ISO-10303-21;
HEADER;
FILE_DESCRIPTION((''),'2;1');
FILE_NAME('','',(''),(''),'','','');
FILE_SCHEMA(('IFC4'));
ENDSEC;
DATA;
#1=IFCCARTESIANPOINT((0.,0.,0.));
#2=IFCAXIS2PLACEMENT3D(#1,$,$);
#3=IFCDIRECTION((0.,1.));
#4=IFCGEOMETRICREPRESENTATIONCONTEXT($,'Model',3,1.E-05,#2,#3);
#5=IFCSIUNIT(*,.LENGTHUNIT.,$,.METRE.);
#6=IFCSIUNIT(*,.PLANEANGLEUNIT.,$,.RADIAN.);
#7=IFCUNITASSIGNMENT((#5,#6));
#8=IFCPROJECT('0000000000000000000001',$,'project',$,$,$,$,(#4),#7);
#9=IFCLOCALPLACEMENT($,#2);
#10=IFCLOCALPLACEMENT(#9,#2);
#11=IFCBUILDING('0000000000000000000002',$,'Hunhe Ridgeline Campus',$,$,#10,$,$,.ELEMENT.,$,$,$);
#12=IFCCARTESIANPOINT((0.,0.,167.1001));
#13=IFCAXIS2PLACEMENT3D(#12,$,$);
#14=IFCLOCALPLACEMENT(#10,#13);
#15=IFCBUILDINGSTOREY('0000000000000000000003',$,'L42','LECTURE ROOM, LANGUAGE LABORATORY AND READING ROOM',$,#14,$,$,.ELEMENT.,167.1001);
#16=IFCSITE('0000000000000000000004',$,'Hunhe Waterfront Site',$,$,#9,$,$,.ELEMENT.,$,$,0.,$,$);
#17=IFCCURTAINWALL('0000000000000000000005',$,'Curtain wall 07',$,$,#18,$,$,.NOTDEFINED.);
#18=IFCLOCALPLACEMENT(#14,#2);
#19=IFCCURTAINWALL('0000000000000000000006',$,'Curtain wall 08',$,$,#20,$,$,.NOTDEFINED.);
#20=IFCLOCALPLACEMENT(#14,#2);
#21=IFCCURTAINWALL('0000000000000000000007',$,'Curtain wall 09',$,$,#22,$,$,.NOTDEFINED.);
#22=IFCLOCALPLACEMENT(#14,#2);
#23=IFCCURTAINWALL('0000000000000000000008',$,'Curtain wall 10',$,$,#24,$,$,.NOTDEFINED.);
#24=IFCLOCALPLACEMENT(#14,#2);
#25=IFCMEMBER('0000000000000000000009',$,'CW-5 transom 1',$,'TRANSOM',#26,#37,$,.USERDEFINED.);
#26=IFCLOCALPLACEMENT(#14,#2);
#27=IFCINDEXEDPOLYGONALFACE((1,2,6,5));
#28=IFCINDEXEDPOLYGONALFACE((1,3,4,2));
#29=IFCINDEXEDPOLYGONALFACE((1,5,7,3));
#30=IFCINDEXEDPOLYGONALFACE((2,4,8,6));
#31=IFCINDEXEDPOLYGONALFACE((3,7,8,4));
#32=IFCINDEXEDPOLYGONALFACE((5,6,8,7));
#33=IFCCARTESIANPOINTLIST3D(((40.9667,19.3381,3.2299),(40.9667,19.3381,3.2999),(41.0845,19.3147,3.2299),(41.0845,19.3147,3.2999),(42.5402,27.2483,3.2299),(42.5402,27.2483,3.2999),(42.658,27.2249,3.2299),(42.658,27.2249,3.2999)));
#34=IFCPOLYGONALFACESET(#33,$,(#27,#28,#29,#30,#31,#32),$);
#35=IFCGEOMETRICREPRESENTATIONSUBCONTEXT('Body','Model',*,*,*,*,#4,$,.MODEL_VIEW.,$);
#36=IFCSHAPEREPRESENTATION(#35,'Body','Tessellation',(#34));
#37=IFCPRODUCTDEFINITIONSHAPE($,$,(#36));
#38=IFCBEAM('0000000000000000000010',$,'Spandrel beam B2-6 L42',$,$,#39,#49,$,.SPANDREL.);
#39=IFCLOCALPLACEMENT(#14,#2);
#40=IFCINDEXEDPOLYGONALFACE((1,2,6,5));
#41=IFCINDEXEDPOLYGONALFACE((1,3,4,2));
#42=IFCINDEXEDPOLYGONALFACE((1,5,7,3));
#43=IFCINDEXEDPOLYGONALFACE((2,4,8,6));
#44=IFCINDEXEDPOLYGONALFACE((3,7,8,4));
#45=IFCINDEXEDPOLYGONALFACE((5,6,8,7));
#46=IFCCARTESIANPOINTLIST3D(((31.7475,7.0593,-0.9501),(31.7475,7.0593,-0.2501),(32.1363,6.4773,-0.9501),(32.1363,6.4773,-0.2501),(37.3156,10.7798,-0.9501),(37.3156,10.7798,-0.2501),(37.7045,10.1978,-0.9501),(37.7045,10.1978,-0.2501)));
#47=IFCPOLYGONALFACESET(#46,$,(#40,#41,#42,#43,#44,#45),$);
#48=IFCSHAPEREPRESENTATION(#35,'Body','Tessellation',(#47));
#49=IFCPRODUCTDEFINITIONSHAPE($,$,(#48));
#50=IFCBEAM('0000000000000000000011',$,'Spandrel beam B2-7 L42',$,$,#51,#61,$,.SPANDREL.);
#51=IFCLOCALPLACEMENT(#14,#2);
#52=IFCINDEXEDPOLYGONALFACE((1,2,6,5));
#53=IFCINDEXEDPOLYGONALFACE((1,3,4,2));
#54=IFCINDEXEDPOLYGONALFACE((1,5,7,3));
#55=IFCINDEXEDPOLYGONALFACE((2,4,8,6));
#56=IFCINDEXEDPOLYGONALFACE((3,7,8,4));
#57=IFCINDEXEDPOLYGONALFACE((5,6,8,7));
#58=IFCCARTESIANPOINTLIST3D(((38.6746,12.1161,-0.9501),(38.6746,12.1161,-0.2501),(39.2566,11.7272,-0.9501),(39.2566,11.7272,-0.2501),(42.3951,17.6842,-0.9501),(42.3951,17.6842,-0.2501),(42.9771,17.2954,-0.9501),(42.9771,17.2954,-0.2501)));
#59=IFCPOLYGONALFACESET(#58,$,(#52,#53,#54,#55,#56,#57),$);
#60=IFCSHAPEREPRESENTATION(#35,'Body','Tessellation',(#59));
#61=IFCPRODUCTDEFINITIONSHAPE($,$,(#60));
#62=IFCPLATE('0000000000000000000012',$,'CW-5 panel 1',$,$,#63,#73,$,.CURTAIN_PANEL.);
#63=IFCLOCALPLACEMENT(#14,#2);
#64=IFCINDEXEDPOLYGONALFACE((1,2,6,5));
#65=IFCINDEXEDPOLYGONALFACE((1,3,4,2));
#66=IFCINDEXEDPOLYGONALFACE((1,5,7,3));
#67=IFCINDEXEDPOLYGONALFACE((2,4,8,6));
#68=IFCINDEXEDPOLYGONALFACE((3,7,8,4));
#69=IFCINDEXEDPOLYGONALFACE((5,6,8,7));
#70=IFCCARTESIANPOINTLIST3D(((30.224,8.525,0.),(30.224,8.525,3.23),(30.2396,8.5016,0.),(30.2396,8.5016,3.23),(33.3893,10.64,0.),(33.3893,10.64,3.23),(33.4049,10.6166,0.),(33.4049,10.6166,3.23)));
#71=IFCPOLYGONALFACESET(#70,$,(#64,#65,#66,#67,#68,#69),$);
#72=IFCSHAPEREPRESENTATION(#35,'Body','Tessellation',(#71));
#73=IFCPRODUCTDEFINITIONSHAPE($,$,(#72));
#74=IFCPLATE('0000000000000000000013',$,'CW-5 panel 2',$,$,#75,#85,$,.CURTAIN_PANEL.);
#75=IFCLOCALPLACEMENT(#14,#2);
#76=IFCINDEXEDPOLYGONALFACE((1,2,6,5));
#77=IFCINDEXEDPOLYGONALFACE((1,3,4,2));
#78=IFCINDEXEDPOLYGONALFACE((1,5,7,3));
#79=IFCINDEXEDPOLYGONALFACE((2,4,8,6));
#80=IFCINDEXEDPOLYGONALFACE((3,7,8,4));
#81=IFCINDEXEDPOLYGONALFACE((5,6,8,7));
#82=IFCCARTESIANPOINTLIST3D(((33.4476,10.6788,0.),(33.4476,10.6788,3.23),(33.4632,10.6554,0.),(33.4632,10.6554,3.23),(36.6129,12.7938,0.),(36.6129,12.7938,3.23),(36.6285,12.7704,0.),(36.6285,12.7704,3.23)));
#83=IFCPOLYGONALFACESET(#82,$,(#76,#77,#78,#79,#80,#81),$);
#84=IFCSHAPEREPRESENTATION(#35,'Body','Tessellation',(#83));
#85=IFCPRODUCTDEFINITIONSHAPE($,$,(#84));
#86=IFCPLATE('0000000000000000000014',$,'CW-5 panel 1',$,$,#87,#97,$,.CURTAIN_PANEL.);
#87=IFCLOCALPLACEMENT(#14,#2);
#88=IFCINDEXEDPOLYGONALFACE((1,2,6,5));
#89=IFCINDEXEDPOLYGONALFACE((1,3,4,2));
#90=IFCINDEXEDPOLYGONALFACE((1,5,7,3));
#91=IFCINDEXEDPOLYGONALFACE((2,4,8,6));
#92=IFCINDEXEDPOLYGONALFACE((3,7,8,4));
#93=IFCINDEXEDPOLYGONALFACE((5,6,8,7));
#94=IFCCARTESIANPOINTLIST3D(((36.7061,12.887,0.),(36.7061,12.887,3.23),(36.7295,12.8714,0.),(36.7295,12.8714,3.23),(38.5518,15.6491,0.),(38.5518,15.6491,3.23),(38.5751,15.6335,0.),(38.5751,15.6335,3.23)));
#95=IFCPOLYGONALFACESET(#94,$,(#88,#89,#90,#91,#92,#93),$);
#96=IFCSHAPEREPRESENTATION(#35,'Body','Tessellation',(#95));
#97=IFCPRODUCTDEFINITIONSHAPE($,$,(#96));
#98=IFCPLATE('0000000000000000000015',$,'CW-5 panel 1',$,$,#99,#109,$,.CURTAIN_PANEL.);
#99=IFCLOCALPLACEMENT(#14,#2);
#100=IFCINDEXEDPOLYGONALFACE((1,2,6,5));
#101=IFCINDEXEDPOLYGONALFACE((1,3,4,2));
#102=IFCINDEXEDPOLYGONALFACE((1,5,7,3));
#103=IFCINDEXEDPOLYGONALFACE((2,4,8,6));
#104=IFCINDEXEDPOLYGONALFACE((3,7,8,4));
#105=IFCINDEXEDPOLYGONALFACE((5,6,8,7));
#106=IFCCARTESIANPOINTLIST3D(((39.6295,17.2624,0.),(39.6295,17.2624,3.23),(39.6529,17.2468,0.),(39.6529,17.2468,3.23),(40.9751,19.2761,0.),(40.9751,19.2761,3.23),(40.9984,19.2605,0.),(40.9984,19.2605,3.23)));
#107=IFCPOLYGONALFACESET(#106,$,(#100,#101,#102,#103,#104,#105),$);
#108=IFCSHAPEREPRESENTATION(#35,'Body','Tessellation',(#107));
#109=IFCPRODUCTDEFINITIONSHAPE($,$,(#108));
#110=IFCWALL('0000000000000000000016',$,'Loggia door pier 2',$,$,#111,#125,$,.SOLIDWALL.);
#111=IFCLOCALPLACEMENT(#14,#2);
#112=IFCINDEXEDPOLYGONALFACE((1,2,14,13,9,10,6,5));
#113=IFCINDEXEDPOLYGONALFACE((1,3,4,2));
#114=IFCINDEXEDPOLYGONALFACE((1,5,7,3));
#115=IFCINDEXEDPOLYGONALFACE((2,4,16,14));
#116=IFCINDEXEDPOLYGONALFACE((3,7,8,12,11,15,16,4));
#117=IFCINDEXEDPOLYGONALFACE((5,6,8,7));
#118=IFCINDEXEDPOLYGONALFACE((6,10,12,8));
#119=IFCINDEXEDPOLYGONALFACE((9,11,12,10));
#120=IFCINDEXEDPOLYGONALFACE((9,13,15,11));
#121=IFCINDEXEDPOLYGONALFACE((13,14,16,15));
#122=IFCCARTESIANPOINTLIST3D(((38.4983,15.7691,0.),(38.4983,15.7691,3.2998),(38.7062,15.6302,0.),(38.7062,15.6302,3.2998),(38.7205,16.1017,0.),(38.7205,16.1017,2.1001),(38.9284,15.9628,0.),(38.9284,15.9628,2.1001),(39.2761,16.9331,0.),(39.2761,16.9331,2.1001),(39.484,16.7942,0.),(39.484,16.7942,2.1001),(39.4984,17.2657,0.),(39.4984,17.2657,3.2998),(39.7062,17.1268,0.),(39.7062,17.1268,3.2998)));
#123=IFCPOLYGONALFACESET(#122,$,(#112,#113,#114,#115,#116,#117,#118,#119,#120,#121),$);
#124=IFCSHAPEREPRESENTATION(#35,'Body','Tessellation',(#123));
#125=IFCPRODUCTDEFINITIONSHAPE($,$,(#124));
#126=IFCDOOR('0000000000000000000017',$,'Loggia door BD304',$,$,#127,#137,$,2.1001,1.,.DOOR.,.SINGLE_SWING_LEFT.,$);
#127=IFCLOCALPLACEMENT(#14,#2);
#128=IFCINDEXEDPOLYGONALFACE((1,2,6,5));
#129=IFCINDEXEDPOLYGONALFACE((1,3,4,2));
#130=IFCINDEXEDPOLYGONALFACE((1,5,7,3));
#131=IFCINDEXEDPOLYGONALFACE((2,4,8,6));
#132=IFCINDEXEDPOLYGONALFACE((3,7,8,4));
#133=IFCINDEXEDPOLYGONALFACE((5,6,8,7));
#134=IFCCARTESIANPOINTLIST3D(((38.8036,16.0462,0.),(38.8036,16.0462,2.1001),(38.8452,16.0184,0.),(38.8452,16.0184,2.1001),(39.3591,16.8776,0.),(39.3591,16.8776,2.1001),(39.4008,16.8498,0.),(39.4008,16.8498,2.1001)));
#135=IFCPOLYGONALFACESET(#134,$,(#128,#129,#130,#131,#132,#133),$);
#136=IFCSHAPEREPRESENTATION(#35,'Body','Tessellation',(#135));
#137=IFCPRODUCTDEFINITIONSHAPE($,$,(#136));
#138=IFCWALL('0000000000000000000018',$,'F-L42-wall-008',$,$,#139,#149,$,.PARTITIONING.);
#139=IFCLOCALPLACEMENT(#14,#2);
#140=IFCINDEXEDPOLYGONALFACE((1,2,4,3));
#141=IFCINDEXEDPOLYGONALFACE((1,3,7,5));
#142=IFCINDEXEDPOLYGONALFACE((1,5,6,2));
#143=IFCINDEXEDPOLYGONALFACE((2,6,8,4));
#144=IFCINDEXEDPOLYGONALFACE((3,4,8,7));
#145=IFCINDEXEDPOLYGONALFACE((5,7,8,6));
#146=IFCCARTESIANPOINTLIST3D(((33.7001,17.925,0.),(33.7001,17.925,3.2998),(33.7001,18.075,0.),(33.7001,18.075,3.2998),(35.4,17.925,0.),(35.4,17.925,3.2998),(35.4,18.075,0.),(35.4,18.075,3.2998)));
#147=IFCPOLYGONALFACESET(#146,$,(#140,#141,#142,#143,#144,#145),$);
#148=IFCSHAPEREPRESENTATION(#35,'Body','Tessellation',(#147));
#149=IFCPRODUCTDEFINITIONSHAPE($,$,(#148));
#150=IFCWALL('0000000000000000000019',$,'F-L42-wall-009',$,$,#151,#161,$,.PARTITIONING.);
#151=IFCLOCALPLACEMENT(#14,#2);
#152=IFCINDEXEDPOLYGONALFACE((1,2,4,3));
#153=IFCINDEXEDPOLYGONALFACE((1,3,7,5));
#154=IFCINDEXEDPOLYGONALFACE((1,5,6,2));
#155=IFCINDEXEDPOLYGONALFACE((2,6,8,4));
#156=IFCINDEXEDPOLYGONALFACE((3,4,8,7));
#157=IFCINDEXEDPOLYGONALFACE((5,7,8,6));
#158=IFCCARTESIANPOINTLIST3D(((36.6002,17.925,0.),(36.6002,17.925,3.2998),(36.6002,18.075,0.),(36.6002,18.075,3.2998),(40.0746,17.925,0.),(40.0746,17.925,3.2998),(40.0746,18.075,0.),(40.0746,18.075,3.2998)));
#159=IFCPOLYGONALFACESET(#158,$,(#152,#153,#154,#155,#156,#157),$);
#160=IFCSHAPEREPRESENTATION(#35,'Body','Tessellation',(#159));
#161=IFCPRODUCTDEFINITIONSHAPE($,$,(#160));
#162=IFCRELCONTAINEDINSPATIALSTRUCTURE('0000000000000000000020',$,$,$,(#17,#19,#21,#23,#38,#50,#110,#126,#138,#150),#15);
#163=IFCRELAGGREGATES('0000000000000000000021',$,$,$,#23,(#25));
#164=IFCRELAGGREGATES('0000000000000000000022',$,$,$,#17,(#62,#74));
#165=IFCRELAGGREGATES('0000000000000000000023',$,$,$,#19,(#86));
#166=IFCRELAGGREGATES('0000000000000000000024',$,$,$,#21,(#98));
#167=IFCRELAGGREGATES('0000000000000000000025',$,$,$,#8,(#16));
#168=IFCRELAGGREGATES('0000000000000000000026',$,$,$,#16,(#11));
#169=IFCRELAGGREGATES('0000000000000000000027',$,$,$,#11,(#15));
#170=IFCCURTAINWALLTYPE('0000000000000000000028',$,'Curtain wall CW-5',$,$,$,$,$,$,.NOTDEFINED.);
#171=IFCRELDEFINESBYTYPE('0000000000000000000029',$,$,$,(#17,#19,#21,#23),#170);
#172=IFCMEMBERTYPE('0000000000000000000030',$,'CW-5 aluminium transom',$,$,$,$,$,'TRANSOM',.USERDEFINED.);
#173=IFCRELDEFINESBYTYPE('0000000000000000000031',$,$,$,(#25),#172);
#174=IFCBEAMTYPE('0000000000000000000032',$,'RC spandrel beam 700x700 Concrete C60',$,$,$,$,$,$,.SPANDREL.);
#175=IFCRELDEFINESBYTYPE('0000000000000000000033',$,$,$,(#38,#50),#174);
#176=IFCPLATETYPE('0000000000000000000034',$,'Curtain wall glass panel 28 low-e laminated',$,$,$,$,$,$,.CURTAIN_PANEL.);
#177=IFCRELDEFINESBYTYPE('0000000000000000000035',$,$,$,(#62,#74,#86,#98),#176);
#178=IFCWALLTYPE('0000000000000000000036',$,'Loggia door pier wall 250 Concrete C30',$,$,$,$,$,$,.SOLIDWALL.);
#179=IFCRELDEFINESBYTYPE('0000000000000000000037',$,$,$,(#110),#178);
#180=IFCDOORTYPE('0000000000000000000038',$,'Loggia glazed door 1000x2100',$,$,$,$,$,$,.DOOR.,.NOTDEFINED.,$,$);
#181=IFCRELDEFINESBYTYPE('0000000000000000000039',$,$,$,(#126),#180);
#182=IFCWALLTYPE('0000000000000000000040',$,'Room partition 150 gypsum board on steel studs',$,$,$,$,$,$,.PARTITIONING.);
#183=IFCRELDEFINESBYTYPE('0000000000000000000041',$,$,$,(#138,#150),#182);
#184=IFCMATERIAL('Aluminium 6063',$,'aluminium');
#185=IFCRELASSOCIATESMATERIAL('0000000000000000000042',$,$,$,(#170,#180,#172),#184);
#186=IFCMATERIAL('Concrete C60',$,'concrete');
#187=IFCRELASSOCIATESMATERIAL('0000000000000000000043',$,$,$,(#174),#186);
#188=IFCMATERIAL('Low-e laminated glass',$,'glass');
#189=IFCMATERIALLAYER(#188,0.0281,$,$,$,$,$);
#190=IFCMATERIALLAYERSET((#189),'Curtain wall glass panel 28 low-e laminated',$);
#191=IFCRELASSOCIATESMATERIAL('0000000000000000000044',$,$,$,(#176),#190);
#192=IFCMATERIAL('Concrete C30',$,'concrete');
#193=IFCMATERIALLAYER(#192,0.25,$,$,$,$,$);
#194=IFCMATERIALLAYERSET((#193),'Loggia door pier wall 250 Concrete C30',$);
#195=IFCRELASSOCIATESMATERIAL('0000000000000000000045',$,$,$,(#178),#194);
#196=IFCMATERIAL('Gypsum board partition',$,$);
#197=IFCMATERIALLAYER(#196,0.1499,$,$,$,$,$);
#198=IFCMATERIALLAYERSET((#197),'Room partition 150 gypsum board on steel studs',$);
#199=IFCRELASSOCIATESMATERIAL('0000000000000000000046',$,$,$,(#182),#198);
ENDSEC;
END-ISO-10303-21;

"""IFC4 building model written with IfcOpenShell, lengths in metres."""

from ifc_helpers import new_model, si_unit, direction, frame, frame_2d, origin, origin_2d, place, context, subcontext, project, spatial, rectangle, extrude, material, layer, layer_set, material_profile, profile_set, type_object, element, fill, aggregate, save


model = new_model("IFC4")

# Units and contexts
model_context = context("Model", 3, precision=1e-05, world=origin(), true_north=direction((0.0, 1.0)))
body_context = subcontext(model_context, "Body", "Model", "MODEL_VIEW")
ifc_project = project(units=[si_unit("LENGTHUNIT", "METRE"), si_unit("PLANEANGLEUNIT", "RADIAN")], contexts=[model_context])

# Site, building, storey
site_placement = place(None, origin())
site = spatial("IfcSite", under=ifc_project, at=site_placement, Name="Hunhe Waterfront Site", CompositionType="ELEMENT", RefElevation=0.0)
building_placement = place(site_placement, origin())
building = spatial("IfcBuilding", under=site, at=building_placement, Name="Hunhe Ridgeline Campus", CompositionType="ELEMENT")
storey_placement = place(building_placement, frame((0.0, 0.0, 167.1001)))
storey = spatial("IfcBuildingStorey", under=building, at=storey_placement, Name="L42", Description="LECTURE ROOM, LANGUAGE LABORATORY AND READING ROOM", CompositionType="ELEMENT", Elevation=167.1001)

# Curtain walls
ifc_material_1 = material(Name="Aluminium 6063", Category="aluminium")
curtain_wall_type = type_object("IfcCurtainWallType", Name="Curtain wall CW-5", PredefinedType="NOTDEFINED", material=ifc_material_1)
curtain_wall_1_placement = place(storey_placement, origin())
curtain_wall_1 = element("IfcCurtainWall", 1, at=curtain_wall_1_placement, inside=storey, type_object=curtain_wall_type, Name="Curtain wall 07", PredefinedType="NOTDEFINED")
curtain_wall_2_placement = place(storey_placement, origin())
curtain_wall_2 = element("IfcCurtainWall", 2, at=curtain_wall_2_placement, inside=storey, type_object=curtain_wall_type, Name="Curtain wall 08", PredefinedType="NOTDEFINED")
curtain_wall_3_placement = place(storey_placement, origin())
curtain_wall_3 = element("IfcCurtainWall", 3, at=curtain_wall_3_placement, inside=storey, type_object=curtain_wall_type, Name="Curtain wall 09", PredefinedType="NOTDEFINED")

# Curtain wall
curtain_wall_4_placement = place(storey_placement, origin())
curtain_wall_4 = element("IfcCurtainWall", 4, at=curtain_wall_4_placement, inside=storey, type_object=curtain_wall_type, Name="Curtain wall 10", PredefinedType="NOTDEFINED")

# Member
ifc_material_profile_1 = material_profile(ifc_material_1, rectangle(XDim=0.1201, YDim=0.0701, at=origin_2d()))
ifc_profile_set_1 = profile_set([ifc_material_profile_1], Name="Aluminium 6063")
member_type_1 = type_object("IfcMemberType", Name="CW-5 aluminium transom", ElementType="TRANSOM", PredefinedType="USERDEFINED", material=ifc_profile_set_1)
member_1_placement = place(storey_placement, frame((41.0256, 19.3264, 3.2649), z_axis=(0.195097, 0.980784, 0.0), x_axis=(-0.980784, 0.195097, 0.0)))
member_1 = element("IfcMember", 5, at=member_1_placement, type_object=member_type_1, Name="CW-5 transom 1", ObjectType="TRANSOM", PredefinedType="USERDEFINED", context=body_context, shape_type="SweptSolid", body=[
    extrude(rectangle(XDim=0.1201, YDim=0.0701, at=origin_2d()), origin(), (0.0, 0.0, 1.0), 8.0652),
])
aggregate(curtain_wall_4, [member_1])

# Beams
ifc_material_2 = material(Name="Concrete C60", Category="concrete")
ifc_material_profile_2 = material_profile(ifc_material_2, rectangle(XDim=0.7, YDim=0.7, at=origin_2d()))
ifc_profile_set_2 = profile_set([ifc_material_profile_2], Name="Concrete C60")
beam_type = type_object("IfcBeamType", Name="RC spandrel beam 700x700 Concrete C60", PredefinedType="SPANDREL", material=ifc_profile_set_2)
for number, where, z_axis, x_axis, name in (
    (6, (31.9419, 6.7683, -0.6001), (0.831472, 0.555566, 0.0), (-0.555566, 0.831472, 0.0), "Spandrel beam B2-6 L42"),
    (7, (38.9656, 11.9216, -0.6001), (0.555566, 0.831472, 0.0), (-0.831472, 0.555566, 0.0), "Spandrel beam B2-7 L42"),
):
    element("IfcBeam", number, at=place(storey_placement, frame(where, z_axis=z_axis, x_axis=x_axis)), inside=storey, type_object=beam_type, Name=name, PredefinedType="SPANDREL", context=body_context, shape_type="SweptSolid", body=[
        extrude(rectangle(XDim=0.7, YDim=0.7, at=origin_2d()), origin(), (0.0, 0.0, 1.0), 6.6968),
    ])

# Plates
ifc_material_3 = material(Name="Low-e laminated glass", Category="glass")
ifc_layer_1 = layer(ifc_material_3, 0.0281)
ifc_layer_set_1 = layer_set([ifc_layer_1], Name="Curtain wall glass panel 28 low-e laminated")
plate_type = type_object("IfcPlateType", Name="Curtain wall glass panel 28 low-e laminated", PredefinedType="CURTAIN_PANEL", material=ifc_layer_set_1)
plate_1_placement = place(storey_placement, frame((31.8145, 9.5708, 0.0), z_axis=(0.0, 0.0, 1.0), x_axis=(0.83147, 0.55557, 0.0)))
plate_1 = element("IfcPlate", 8, at=plate_1_placement, type_object=plate_type, Name="CW-5 panel 1", PredefinedType="CURTAIN_PANEL", context=body_context, shape_type="SweptSolid", body=[
    extrude(rectangle(XDim=3.8069, YDim=0.0281, at=origin_2d()), origin(), (0.0, 0.0, 1.0), 3.23),
])
plate_2_placement = place(storey_placement, frame((35.0381, 11.7246, 0.0), z_axis=(0.0, 0.0, 1.0), x_axis=(0.83147, 0.55557, 0.0)))
plate_2 = element("IfcPlate", 9, at=plate_2_placement, type_object=plate_type, Name="CW-5 panel 2", PredefinedType="CURTAIN_PANEL", context=body_context, shape_type="SweptSolid", body=[
    extrude(rectangle(XDim=3.8069, YDim=0.0281, at=origin_2d()), origin(), (0.0, 0.0, 1.0), 3.23),
])
aggregate(curtain_wall_1, [plate_1, plate_2])
plate_3_placement = place(storey_placement, frame((37.6406, 14.2603, 0.0), z_axis=(0.0, 0.0, 1.0), x_axis=(0.55557, 0.83147, 0.0)))
plate_3 = element("IfcPlate", 10, at=plate_3_placement, type_object=plate_type, Name="CW-5 panel 1", PredefinedType="CURTAIN_PANEL", context=body_context, shape_type="SweptSolid", body=[
    extrude(rectangle(XDim=3.322, YDim=0.0281, at=origin_2d()), origin(), (0.0, 0.0, 1.0), 3.23),
])
aggregate(curtain_wall_2, [plate_3])
plate_4_placement = place(storey_placement, frame((40.314, 18.2615, 0.0), z_axis=(0.0, 0.0, 1.0), x_axis=(0.55557, 0.83147, 0.0)))
plate_4 = element("IfcPlate", 11, at=plate_4_placement, type_object=plate_type, Name="CW-5 panel 1", PredefinedType="CURTAIN_PANEL", context=body_context, shape_type="SweptSolid", body=[
    extrude(rectangle(XDim=2.4219, YDim=0.0281, at=origin_2d()), origin(), (0.0, 0.0, 1.0), 3.23),
])
aggregate(curtain_wall_3, [plate_4])

# Wall, opening, door
ifc_material_4 = material(Name="Concrete C30", Category="concrete")
ifc_layer_2 = layer(ifc_material_4, 0.25)
ifc_layer_set_2 = layer_set([ifc_layer_2], Name="Loggia door pier wall 250 Concrete C30")
wall_type_1 = type_object("IfcWallType", Name="Loggia door pier wall 250 Concrete C30", PredefinedType="SOLIDWALL", material=ifc_layer_set_2)
wall_1_placement = place(storey_placement, frame((38.6023, 15.6997, 0.0), z_axis=(0.0, 0.0, 1.0), x_axis=(0.555576, 0.831466, 0.0)))
wall_1 = element("IfcWall", 12, at=wall_1_placement, inside=storey, type_object=wall_type_1, Name="Loggia door pier 2", PredefinedType="SOLIDWALL", context=body_context, shape_type="SweptSolid", body=[
    extrude(rectangle(XDim=1.8, YDim=0.25, at=frame_2d((0.8999, 0.0))), origin(), (0.0, 0.0, 1.0), 3.2998),
])
opening_placement = place(wall_1_placement, frame((0.3999, 0.0, 0.0)))
opening = element("IfcOpeningElement", 13, at=opening_placement, cuts=wall_1, PredefinedType="OPENING", context=body_context, shape_type="SweptSolid", body=[
    extrude(rectangle(XDim=1.0, YDim=2.1001, at=frame_2d((0.5, 1.05))), frame((0.0, 0.125, 0.0), z_axis=(0.0, -1.0, 0.0), x_axis=(1.0, 0.0, 0.0)), (0.0, 0.0, 1.0), 0.25),
])
door_type = type_object("IfcDoorType", Name="Loggia glazed door 1000x2100", OperationType="NOTDEFINED", PredefinedType="DOOR", material=ifc_material_1)
door_placement = place(opening_placement, frame((1.0, 0.0, 0.0), z_axis=(0.0, 0.0, 1.0), x_axis=(-1.0, 0.0, 0.0)))
door = element("IfcDoor", 14, at=door_placement, inside=storey, type_object=door_type, Name="Loggia door BD304", OperationType="SINGLE_SWING_LEFT", OverallHeight=2.1001, OverallWidth=1.0, PredefinedType="DOOR", context=body_context, shape_type="SweptSolid", body=[
    extrude(rectangle(XDim=1.0, YDim=2.1001, at=frame_2d((0.5, 1.05))), frame((0.0, 0.0249, 0.0), z_axis=(0.0, -1.0, 0.0), x_axis=(1.0, 0.0, 0.0)), (0.0, 0.0, 1.0), 0.05),
])
fill(opening, door)

# Walls
ifc_material_5 = material(Name="Gypsum board partition")
ifc_layer_3 = layer(ifc_material_5, 0.1499)
ifc_layer_set_3 = layer_set([ifc_layer_3], Name="Room partition 150 gypsum board on steel studs")
wall_type_2 = type_object("IfcWallType", Name="Room partition 150 gypsum board on steel studs", PredefinedType="PARTITIONING", material=ifc_layer_set_3)
wall_2_placement = place(storey_placement, frame((33.7, 18.0, 0.0), z_axis=(0.0, 0.0, 1.0), x_axis=(1.0, 0.0, 0.0)))
element("IfcWall", 15, at=wall_2_placement, inside=storey, type_object=wall_type_2, Name="F-L42-wall-008", PredefinedType="PARTITIONING", context=body_context, shape_type="SweptSolid", body=[
    extrude(rectangle(XDim=1.7, YDim=0.1499, at=frame_2d((0.8501, 0.0))), origin(), (0.0, 0.0, 1.0), 3.2998),
])
wall_3_placement = place(storey_placement, frame((36.6001, 18.0, 0.0), z_axis=(0.0, 0.0, 1.0), x_axis=(1.0, 0.0, 0.0)))
element("IfcWall", 16, at=wall_3_placement, inside=storey, type_object=wall_type_2, Name="F-L42-wall-009", PredefinedType="PARTITIONING", context=body_context, shape_type="SweptSolid", body=[
    extrude(rectangle(XDim=3.4744, YDim=0.1499, at=frame_2d((1.7373, 0.0))), origin(), (0.0, 0.0, 1.0), 3.2998),
])

save(model, "model.ifc")
